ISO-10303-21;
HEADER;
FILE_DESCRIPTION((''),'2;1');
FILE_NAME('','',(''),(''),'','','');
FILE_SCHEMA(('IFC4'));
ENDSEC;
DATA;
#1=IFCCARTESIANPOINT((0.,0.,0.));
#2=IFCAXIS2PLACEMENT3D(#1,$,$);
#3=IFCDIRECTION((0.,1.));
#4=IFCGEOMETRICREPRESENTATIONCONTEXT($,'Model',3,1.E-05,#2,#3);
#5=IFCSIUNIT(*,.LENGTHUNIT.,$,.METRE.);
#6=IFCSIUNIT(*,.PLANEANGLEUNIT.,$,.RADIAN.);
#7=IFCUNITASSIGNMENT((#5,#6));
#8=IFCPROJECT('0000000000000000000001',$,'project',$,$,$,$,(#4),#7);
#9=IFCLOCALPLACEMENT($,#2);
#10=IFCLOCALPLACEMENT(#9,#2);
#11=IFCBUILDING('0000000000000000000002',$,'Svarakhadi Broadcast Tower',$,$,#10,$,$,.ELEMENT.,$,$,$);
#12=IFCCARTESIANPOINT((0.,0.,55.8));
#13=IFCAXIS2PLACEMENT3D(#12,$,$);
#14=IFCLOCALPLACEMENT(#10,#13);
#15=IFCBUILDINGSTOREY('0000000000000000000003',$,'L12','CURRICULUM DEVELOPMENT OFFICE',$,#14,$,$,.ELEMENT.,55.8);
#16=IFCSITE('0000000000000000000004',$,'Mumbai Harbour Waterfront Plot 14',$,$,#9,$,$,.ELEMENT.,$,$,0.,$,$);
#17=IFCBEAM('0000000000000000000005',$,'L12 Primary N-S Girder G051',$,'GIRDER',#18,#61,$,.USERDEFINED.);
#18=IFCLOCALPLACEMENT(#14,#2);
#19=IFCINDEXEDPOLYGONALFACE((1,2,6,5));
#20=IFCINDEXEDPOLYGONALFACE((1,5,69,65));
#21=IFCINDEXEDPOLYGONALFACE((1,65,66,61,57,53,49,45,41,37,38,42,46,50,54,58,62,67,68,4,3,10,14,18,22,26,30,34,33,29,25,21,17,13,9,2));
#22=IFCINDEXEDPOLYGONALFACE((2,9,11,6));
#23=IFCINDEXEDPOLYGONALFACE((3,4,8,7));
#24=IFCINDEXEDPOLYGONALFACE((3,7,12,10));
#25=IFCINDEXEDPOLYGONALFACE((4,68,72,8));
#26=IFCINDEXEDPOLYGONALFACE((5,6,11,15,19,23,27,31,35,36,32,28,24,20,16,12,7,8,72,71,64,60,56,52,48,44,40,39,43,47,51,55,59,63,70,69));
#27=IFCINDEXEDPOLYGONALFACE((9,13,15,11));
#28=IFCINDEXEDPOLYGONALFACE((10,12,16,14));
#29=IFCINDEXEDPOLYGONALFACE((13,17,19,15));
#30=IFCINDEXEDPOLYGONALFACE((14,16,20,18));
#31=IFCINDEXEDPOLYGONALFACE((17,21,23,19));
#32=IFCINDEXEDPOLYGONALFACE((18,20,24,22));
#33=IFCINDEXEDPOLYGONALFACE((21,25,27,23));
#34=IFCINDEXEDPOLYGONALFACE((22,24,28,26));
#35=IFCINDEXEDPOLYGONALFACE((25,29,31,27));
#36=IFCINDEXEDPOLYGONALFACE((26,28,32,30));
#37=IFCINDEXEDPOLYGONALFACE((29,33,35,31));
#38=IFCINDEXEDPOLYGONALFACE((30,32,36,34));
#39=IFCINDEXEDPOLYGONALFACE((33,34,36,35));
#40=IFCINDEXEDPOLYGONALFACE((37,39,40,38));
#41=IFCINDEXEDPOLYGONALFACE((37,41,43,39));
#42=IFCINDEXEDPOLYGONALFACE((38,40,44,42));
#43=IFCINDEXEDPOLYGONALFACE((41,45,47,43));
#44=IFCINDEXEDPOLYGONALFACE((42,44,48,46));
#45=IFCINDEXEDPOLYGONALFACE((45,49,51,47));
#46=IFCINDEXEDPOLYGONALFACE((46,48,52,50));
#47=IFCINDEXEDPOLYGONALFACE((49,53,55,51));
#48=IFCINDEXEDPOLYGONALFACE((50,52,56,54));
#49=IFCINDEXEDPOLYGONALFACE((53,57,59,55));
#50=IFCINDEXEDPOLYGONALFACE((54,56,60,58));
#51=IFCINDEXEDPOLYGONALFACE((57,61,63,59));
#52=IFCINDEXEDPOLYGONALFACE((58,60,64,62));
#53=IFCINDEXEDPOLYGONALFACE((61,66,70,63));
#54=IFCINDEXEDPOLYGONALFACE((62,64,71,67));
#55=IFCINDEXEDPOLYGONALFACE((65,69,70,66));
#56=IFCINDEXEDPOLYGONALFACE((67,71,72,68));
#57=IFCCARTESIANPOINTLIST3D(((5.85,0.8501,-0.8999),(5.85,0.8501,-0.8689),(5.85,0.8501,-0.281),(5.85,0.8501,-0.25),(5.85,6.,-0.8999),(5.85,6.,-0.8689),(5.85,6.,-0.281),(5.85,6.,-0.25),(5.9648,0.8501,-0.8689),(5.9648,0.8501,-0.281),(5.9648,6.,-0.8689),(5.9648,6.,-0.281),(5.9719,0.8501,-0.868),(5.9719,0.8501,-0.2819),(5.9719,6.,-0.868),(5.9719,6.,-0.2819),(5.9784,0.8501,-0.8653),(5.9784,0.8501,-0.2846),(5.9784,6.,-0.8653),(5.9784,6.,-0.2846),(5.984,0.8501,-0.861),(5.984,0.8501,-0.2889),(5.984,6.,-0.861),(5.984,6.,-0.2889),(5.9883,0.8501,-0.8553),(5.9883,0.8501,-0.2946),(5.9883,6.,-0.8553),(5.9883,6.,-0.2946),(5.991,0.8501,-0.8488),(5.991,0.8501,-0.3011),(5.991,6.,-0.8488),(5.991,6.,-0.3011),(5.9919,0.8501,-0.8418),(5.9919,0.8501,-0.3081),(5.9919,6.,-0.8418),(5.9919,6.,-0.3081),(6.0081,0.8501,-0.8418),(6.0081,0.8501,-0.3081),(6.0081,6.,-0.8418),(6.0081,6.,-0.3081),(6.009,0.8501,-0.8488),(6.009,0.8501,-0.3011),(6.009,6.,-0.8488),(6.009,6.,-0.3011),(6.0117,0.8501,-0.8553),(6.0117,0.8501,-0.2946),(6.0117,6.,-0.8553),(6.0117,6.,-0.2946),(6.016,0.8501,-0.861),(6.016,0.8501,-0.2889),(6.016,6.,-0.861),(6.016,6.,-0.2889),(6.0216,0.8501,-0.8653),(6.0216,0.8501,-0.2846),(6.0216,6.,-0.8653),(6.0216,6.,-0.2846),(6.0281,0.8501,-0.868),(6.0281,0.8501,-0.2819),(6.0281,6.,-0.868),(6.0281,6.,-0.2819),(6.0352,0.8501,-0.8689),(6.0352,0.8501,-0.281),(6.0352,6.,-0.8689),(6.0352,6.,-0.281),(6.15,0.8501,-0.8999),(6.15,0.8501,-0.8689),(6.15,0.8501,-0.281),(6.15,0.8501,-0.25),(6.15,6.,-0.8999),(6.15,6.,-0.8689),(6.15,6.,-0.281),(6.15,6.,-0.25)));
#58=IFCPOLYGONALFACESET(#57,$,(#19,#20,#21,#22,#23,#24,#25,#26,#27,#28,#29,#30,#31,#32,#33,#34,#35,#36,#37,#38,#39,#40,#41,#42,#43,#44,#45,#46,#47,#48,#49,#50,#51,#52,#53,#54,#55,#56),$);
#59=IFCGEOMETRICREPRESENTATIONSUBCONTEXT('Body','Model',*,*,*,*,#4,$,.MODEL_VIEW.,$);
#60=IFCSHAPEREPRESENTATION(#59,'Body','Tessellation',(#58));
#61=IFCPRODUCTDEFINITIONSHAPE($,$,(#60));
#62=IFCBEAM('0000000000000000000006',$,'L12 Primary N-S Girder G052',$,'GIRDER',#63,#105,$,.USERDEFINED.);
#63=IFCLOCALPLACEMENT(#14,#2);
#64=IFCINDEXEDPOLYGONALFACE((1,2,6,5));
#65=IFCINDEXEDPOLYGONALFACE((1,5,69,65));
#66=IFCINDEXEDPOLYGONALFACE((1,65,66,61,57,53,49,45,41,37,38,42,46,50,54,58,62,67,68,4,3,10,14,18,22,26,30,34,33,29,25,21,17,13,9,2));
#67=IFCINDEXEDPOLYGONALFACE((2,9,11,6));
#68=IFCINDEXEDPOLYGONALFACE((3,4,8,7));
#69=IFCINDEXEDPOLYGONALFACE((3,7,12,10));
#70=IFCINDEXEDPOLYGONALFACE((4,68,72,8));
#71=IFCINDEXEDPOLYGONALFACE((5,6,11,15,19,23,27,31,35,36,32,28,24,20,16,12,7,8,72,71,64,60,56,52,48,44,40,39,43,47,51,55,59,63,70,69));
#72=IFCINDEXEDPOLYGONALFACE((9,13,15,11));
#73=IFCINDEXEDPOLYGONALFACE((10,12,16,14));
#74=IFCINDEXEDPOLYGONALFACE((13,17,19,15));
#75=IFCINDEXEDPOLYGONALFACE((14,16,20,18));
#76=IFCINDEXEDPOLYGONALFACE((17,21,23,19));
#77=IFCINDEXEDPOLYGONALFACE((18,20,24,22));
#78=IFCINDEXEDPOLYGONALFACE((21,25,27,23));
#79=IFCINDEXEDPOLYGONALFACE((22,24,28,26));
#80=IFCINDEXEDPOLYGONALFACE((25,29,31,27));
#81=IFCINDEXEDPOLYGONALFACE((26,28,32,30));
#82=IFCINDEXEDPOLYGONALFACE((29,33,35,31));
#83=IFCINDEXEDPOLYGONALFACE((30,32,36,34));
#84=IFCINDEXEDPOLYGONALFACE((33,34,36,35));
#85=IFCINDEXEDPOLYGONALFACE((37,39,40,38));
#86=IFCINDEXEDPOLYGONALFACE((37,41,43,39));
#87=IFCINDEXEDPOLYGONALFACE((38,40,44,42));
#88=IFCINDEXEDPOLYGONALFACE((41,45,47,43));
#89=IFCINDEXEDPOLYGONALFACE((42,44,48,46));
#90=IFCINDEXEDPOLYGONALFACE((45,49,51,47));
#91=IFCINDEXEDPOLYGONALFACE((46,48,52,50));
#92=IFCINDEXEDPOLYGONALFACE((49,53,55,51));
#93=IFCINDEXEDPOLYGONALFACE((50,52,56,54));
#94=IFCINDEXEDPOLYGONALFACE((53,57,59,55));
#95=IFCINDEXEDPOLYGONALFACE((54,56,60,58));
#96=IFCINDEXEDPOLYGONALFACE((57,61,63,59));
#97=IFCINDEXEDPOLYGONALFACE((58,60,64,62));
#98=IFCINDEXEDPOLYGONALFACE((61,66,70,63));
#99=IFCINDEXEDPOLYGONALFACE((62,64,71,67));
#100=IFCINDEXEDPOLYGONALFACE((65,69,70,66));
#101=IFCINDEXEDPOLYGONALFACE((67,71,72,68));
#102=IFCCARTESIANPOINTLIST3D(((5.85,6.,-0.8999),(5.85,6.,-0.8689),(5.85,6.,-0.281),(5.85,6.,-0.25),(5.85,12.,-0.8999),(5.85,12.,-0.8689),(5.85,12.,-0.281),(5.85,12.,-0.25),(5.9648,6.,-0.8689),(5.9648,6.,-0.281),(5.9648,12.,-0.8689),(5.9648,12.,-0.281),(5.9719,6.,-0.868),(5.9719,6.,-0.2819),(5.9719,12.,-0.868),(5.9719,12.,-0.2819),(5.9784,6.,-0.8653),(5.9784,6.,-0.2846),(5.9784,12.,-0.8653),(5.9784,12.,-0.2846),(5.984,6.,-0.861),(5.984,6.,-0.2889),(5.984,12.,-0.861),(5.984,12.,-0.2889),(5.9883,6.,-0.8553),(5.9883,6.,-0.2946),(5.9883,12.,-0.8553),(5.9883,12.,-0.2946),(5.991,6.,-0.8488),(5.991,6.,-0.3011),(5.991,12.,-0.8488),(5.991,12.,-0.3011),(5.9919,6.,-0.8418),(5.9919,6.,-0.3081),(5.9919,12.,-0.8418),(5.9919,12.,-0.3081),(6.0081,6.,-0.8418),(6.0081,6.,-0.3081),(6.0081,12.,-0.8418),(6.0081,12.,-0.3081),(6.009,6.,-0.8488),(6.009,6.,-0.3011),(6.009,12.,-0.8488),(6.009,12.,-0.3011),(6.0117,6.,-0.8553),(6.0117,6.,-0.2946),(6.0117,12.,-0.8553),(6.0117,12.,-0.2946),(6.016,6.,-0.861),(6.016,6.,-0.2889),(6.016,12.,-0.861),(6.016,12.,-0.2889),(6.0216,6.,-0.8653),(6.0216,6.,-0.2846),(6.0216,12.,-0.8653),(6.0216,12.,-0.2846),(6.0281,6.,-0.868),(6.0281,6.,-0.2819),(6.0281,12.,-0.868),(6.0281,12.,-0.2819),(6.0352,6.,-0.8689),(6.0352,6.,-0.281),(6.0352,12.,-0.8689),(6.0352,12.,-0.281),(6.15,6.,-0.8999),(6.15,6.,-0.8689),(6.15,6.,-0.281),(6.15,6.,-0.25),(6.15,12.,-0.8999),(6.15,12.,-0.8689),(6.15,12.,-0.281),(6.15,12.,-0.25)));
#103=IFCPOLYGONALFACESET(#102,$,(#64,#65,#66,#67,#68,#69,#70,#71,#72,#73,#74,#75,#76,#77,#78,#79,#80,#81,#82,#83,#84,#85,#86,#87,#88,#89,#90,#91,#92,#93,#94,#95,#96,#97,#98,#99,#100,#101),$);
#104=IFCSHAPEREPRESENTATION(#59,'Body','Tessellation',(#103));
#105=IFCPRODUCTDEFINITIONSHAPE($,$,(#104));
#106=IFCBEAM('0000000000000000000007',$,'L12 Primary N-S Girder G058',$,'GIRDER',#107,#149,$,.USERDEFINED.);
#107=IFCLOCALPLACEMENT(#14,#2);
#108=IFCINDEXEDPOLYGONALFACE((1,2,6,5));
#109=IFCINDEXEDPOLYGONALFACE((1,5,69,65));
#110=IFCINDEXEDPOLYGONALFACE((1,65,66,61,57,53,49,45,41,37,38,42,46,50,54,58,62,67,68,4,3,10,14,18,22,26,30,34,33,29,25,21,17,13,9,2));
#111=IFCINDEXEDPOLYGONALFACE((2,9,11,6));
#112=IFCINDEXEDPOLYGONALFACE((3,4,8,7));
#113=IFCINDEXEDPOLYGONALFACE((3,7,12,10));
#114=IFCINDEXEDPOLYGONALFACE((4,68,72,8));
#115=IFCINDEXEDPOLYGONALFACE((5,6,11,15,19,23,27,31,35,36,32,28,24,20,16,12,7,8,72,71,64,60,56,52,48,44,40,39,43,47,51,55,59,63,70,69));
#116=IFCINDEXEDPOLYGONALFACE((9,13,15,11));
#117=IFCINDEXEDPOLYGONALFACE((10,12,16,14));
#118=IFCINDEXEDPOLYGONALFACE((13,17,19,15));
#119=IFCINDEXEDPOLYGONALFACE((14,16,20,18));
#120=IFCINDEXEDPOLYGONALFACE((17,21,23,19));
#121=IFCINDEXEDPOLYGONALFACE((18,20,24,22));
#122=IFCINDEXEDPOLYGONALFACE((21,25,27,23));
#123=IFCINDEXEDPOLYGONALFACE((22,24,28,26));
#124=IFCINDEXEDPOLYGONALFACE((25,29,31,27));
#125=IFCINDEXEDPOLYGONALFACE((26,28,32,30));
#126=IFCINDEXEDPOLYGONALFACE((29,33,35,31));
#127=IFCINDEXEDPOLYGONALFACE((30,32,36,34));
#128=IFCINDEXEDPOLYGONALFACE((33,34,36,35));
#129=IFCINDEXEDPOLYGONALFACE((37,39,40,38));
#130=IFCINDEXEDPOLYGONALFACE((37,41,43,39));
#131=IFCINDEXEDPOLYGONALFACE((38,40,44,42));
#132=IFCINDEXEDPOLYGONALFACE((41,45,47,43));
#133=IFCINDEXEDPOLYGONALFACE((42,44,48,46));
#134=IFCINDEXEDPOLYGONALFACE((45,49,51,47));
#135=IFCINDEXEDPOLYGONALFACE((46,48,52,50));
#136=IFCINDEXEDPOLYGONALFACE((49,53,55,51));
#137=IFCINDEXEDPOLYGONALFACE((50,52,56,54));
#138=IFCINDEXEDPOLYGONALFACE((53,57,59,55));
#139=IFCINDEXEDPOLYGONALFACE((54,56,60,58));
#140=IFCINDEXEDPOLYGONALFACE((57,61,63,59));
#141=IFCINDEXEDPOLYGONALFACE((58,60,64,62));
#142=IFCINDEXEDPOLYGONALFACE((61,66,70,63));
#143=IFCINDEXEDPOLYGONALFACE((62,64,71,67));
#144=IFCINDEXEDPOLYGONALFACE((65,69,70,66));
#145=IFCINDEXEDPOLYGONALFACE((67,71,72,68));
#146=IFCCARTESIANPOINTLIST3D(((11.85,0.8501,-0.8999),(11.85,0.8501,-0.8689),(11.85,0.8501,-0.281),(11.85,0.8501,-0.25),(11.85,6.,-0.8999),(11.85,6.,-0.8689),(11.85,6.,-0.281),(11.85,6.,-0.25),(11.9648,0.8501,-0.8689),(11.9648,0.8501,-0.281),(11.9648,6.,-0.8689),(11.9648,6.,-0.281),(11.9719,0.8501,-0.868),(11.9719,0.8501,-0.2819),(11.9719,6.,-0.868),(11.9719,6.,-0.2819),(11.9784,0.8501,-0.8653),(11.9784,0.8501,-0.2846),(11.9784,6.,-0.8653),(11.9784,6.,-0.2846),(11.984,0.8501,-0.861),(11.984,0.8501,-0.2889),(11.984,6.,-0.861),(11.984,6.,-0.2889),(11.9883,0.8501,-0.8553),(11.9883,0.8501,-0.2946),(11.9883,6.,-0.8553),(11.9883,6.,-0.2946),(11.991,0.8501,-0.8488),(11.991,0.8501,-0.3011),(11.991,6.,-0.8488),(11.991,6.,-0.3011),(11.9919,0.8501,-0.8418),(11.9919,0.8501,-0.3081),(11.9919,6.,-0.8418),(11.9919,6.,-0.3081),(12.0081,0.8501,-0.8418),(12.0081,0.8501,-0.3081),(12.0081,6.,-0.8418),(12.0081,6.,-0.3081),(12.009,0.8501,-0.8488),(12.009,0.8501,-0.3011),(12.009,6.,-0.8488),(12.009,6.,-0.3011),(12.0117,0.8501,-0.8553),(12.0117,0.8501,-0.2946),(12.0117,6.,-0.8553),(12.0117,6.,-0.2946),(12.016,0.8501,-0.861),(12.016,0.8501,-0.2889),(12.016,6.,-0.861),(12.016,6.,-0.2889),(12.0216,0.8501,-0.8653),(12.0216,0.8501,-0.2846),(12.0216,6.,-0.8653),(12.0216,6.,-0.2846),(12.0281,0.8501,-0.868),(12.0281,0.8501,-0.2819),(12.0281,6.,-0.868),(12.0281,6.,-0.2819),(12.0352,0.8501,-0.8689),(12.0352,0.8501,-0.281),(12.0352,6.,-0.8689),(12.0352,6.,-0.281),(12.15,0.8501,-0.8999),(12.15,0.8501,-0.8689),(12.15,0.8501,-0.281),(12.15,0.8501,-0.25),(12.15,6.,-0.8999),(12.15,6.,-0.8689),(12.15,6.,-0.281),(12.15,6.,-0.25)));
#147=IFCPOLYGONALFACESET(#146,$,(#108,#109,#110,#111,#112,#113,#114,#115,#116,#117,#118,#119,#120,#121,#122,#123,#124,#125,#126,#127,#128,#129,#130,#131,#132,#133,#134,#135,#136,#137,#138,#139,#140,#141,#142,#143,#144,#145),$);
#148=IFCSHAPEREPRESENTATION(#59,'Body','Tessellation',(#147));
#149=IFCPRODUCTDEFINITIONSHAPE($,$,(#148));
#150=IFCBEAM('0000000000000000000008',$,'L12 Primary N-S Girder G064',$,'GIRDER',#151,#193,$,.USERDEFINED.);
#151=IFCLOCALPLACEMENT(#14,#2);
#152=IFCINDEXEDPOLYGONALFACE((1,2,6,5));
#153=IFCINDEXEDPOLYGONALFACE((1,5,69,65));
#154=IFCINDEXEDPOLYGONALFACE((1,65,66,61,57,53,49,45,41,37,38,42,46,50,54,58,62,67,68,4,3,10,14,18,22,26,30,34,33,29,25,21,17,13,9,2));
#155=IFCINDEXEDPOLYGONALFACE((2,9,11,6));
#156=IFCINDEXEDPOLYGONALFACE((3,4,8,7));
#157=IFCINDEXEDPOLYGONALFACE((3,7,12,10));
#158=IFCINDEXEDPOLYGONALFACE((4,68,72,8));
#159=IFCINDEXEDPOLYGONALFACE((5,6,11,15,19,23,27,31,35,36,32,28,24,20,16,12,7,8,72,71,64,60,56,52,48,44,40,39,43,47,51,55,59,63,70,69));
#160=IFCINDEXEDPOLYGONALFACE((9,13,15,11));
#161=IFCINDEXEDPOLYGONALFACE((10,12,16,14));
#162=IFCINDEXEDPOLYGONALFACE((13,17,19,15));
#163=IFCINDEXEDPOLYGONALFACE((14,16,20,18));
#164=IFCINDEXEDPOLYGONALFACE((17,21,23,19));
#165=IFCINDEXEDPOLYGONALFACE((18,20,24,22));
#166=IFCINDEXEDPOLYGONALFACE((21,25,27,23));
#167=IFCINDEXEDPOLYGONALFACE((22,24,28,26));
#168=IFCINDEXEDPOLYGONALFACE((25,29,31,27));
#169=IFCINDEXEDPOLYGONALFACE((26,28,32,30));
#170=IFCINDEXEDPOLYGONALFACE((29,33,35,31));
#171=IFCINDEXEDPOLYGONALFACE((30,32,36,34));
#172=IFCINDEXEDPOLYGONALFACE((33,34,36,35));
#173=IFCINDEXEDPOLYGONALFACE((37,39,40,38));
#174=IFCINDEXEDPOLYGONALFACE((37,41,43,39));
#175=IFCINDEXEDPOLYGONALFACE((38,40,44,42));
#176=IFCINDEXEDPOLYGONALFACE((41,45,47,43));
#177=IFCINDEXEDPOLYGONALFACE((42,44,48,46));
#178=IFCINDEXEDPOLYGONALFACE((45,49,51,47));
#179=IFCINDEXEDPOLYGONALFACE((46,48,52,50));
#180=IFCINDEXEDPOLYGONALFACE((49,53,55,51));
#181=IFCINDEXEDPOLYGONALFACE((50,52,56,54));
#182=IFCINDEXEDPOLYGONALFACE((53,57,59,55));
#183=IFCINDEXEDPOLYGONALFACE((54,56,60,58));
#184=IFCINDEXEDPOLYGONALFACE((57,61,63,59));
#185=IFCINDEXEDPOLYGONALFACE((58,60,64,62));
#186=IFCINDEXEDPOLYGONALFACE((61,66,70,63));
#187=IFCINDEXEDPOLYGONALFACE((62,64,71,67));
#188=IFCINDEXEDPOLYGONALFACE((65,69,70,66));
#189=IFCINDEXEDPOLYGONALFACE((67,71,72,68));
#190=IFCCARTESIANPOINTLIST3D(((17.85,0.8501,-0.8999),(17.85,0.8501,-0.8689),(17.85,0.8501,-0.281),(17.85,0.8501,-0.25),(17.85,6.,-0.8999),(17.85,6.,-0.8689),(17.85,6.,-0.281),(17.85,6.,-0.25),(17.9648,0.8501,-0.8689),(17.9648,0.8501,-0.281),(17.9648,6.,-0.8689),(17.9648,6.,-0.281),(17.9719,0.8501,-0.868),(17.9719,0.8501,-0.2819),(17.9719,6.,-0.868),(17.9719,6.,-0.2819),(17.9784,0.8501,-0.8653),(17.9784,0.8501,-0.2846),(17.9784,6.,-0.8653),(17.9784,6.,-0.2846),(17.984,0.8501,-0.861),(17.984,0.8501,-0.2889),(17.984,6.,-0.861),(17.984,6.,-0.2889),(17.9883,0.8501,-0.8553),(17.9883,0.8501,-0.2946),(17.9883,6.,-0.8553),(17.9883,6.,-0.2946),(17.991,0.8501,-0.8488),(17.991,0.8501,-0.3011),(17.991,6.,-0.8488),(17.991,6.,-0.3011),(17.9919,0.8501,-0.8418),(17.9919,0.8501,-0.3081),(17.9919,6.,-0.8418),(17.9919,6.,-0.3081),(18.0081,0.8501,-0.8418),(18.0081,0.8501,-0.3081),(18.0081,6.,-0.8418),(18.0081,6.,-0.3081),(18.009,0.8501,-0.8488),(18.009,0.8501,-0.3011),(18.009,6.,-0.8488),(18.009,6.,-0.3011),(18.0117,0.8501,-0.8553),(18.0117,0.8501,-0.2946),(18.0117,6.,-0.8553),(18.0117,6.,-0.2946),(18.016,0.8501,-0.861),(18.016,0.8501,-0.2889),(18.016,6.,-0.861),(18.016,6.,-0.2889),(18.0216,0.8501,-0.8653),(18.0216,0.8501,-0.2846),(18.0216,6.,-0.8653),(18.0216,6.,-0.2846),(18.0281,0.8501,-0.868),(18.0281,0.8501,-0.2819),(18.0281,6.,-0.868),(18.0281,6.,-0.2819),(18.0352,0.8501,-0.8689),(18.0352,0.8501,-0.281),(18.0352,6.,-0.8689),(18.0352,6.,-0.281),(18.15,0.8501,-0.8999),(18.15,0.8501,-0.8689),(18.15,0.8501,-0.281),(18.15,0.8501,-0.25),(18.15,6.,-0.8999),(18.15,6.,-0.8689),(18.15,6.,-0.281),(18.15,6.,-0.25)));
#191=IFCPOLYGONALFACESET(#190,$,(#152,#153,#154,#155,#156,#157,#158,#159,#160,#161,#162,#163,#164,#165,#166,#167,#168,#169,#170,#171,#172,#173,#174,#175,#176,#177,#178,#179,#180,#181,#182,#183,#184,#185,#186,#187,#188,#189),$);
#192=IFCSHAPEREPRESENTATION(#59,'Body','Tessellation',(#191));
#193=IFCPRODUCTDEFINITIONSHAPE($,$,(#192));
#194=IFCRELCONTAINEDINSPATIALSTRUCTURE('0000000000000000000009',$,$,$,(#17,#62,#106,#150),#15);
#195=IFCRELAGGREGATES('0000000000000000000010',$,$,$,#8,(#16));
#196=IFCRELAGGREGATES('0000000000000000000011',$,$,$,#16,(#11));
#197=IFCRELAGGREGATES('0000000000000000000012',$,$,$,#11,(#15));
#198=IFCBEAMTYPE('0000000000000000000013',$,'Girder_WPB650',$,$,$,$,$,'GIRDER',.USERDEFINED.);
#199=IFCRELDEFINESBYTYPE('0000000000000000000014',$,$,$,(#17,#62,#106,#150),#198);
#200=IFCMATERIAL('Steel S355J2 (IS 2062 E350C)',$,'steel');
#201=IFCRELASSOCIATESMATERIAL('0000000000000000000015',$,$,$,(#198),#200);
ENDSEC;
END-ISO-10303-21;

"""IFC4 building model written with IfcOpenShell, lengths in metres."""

from ifc_helpers import new_model, si_unit, direction, frame, origin, origin_2d, place, context, subcontext, project, spatial, i_section, extrude, material, material_profile, profile_set, type_object, element, save


model = new_model("IFC4")

# Units and contexts
model_context = context("Model", 3, precision=1e-05, world=origin(), true_north=direction((0.0, 1.0)))
body_context = subcontext(model_context, "Body", "Model", "MODEL_VIEW")
ifc_project = project(units=[si_unit("LENGTHUNIT", "METRE"), si_unit("PLANEANGLEUNIT", "RADIAN")], contexts=[model_context])

# Site, building, storey
site_placement = place(None, origin())
site = spatial("IfcSite", under=ifc_project, at=site_placement, Name="Mumbai Harbour Waterfront Plot 14", CompositionType="ELEMENT", RefElevation=0.0)
building_placement = place(site_placement, origin())
building = spatial("IfcBuilding", under=site, at=building_placement, Name="Svarakhadi Broadcast Tower", CompositionType="ELEMENT")
storey_placement = place(building_placement, frame((0.0, 0.0, 55.8)))
storey = spatial("IfcBuildingStorey", under=building, at=storey_placement, Name="L12", Description="CURRICULUM DEVELOPMENT OFFICE", CompositionType="ELEMENT", Elevation=55.8)

# Shared definitions
ifc_material_1 = material(Name="Steel S355J2 (IS 2062 E350C)", Category="steel")

# Beams
ifc_material_profile_1 = material_profile(ifc_material_1, i_section(OverallWidth=0.3, OverallDepth=0.6499, WebThickness=0.0161, FlangeThickness=0.031, FilletRadius=0.0271, at=origin_2d()), Name="WPB 650x300x225")
ifc_profile_set_1 = profile_set([ifc_material_profile_1], Name="Steel S355J2 (IS 2062 E350C)")
beam_type_1 = type_object("IfcBeamType", Name="Girder_WPB650", ElementType="GIRDER", PredefinedType="USERDEFINED", material=ifc_profile_set_1)
beam_1_placement = place(storey_placement, frame((6.0, 0.8501, -0.575), z_axis=(0.0, 1.0, 0.0), x_axis=(-1.0, 0.0, 0.0)))
element("IfcBeam", 1, at=beam_1_placement, inside=storey, type_object=beam_type_1, Name="L12 Primary N-S Girder G051", ObjectType="GIRDER", PredefinedType="USERDEFINED", context=body_context, shape_type="SweptSolid", body=[
    extrude(i_section(OverallWidth=0.3, OverallDepth=0.6499, WebThickness=0.0161, FlangeThickness=0.031, FilletRadius=0.0271, at=origin_2d()), origin(), (0.0, 0.0, 1.0), 5.1499),
])
beam_2_placement = place(storey_placement, frame((6.0, 6.0, -0.575), z_axis=(0.0, 1.0, 0.0), x_axis=(-1.0, 0.0, 0.0)))
element("IfcBeam", 2, at=beam_2_placement, inside=storey, type_object=beam_type_1, Name="L12 Primary N-S Girder G052", ObjectType="GIRDER", PredefinedType="USERDEFINED", context=body_context, shape_type="SweptSolid", body=[
    extrude(i_section(OverallWidth=0.3, OverallDepth=0.6499, WebThickness=0.0161, FlangeThickness=0.031, FilletRadius=0.0271, at=origin_2d()), origin(), (0.0, 0.0, 1.0), 6.0),
])
for number, where, z_axis, x_axis, name in (
    (3, (12.0, 0.8501, -0.575), (0.0, 1.0, 0.0), (-1.0, 0.0, 0.0), "L12 Primary N-S Girder G058"),
    (4, (18.0, 0.8501, -0.575), (0.0, 1.0, 0.0), (-1.0, 0.0, 0.0), "L12 Primary N-S Girder G064"),
):
    element("IfcBeam", number, at=place(storey_placement, frame(where, z_axis=z_axis, x_axis=x_axis)), inside=storey, type_object=beam_type_1, Name=name, ObjectType="GIRDER", PredefinedType="USERDEFINED", context=body_context, shape_type="SweptSolid", body=[
        extrude(i_section(OverallWidth=0.3, OverallDepth=0.6499, WebThickness=0.0161, FlangeThickness=0.031, FilletRadius=0.0271, at=origin_2d()), origin(), (0.0, 0.0, 1.0), 5.1499),
    ])

save(model, "model.ifc")
